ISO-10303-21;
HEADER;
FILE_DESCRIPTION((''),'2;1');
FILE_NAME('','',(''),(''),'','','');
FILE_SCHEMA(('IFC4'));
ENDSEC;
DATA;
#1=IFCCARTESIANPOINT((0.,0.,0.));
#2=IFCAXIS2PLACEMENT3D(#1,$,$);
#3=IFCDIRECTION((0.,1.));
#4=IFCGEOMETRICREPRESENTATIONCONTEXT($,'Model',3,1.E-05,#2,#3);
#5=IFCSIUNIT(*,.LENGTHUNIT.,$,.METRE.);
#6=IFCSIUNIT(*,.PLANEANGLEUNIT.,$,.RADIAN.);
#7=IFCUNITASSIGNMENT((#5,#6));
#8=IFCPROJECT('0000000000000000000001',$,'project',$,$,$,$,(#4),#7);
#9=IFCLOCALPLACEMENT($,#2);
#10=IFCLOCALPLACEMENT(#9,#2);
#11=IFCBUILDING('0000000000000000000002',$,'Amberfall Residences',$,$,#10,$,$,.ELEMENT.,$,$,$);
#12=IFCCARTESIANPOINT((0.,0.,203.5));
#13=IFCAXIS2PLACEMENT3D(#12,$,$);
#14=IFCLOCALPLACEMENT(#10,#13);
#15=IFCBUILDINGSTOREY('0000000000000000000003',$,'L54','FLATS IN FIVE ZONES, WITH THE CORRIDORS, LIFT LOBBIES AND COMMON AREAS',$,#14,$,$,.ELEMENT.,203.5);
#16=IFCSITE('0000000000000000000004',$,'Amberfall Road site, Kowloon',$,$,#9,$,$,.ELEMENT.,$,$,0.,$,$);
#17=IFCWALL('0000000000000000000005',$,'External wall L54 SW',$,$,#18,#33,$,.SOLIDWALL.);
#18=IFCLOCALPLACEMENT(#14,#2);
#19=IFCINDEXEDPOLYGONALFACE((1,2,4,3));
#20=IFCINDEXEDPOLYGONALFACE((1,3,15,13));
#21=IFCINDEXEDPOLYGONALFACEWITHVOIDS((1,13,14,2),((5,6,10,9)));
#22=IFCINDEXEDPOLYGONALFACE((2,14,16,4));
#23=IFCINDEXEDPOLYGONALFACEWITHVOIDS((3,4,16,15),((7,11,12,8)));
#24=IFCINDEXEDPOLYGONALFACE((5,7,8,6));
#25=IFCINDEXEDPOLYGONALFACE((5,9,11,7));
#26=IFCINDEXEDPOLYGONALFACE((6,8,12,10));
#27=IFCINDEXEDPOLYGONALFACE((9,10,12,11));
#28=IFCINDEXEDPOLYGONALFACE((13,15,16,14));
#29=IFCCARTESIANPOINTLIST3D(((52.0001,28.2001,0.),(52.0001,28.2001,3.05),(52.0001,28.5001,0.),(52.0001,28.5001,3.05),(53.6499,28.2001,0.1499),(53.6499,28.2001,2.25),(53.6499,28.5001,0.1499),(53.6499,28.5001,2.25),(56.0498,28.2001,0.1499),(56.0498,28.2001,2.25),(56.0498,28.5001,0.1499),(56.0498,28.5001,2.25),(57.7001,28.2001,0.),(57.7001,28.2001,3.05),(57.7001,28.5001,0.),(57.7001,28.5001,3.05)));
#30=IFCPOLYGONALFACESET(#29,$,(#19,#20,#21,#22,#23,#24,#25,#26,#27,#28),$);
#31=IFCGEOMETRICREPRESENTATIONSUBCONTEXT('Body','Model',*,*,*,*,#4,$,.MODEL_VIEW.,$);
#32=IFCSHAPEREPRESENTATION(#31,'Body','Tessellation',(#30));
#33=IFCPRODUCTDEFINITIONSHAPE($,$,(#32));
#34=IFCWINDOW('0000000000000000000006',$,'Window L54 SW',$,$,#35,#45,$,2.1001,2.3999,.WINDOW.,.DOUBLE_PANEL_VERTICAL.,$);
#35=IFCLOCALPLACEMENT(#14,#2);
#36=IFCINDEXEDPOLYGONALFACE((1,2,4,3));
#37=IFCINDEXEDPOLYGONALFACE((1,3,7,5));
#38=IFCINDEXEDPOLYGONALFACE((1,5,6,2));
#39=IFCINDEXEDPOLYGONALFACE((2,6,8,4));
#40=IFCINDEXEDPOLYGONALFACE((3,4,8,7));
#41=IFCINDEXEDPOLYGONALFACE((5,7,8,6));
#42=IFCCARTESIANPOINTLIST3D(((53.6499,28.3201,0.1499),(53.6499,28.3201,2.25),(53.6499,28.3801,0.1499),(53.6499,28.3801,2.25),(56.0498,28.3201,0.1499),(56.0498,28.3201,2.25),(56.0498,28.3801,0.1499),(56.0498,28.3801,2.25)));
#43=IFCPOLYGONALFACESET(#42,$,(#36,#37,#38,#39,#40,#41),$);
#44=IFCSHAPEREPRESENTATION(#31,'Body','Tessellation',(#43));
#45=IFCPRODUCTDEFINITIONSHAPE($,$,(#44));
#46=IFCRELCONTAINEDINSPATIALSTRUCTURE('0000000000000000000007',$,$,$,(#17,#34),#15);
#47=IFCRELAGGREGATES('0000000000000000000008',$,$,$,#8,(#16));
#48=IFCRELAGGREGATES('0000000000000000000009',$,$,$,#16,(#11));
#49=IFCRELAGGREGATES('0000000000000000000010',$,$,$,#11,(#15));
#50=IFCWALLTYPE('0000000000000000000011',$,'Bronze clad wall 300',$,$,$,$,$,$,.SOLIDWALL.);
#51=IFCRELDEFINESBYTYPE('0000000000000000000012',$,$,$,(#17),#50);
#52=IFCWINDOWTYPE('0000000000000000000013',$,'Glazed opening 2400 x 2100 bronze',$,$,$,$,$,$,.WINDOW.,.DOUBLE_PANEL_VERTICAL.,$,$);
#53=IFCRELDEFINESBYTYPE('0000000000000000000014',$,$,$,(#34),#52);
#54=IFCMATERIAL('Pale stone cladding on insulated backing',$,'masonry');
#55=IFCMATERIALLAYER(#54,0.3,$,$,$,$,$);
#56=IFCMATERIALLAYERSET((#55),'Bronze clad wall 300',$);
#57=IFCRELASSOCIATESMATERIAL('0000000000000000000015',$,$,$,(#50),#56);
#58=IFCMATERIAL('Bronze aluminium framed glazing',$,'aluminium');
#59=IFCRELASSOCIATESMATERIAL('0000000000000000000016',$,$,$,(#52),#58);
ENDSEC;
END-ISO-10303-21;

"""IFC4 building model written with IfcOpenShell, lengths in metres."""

from ifc_helpers import new_model, si_unit, direction, frame, frame_2d, origin, place, context, subcontext, project, spatial, rectangle, extrude, material, layer, layer_set, type_object, element, fill, save


model = new_model("IFC4")

# Units and contexts
model_context = context("Model", 3, precision=1e-05, world=origin(), true_north=direction((0.0, 1.0)))
body_context = subcontext(model_context, "Body", "Model", "MODEL_VIEW")
ifc_project = project(units=[si_unit("LENGTHUNIT", "METRE"), si_unit("PLANEANGLEUNIT", "RADIAN")], contexts=[model_context])

# Site, building, storey
site_placement = place(None, origin())
site = spatial("IfcSite", under=ifc_project, at=site_placement, Name="Amberfall Road site, Kowloon", CompositionType="ELEMENT", RefElevation=0.0)
building_placement = place(site_placement, origin())
building = spatial("IfcBuilding", under=site, at=building_placement, Name="Amberfall Residences", CompositionType="ELEMENT")
storey_placement = place(building_placement, frame((0.0, 0.0, 203.5)))
storey = spatial("IfcBuildingStorey", under=building, at=storey_placement, Name="L54", Description="FLATS IN FIVE ZONES, WITH THE CORRIDORS, LIFT LOBBIES AND COMMON AREAS", CompositionType="ELEMENT", Elevation=203.5)

# Wall, opening, window
ifc_material_1 = material(Name="Pale stone cladding on insulated backing", Category="masonry")
ifc_layer_1 = layer(ifc_material_1, 0.3)
ifc_layer_set_1 = layer_set([ifc_layer_1], Name="Bronze clad wall 300")
wall_type = type_object("IfcWallType", Name="Bronze clad wall 300", PredefinedType="SOLIDWALL", material=ifc_layer_set_1)
wall_placement = place(storey_placement, frame((52.0, 28.3501, 0.0), z_axis=(0.0, 0.0, 1.0), x_axis=(1.0, 0.0, 0.0)))
wall = element("IfcWall", 1, at=wall_placement, inside=storey, type_object=wall_type, Name="External wall L54 SW", PredefinedType="SOLIDWALL", context=body_context, shape_type="SweptSolid", body=[
    extrude(rectangle(XDim=5.7, YDim=0.3, at=frame_2d((2.8501, 0.0))), origin(), (0.0, 0.0, 1.0), 3.05),
])
opening_placement = place(wall_placement, frame((1.6499, 0.0, 0.1499)))
opening = element("IfcOpeningElement", 2, at=opening_placement, cuts=wall, PredefinedType="OPENING", context=body_context, shape_type="SweptSolid", body=[
    extrude(rectangle(XDim=2.3999, YDim=2.1001, at=frame_2d((1.2, 1.05))), frame((0.0, 0.1599, 0.0), z_axis=(0.0, -1.0, 0.0), x_axis=(1.0, 0.0, 0.0)), (0.0, 0.0, 1.0), 0.3201),
])
ifc_material_2 = material(Name="Bronze aluminium framed glazing", Category="aluminium")
window_type = type_object("IfcWindowType", Name="Glazed opening 2400 x 2100 bronze", PartitioningType="DOUBLE_PANEL_VERTICAL", PredefinedType="WINDOW", material=ifc_material_2)
window_placement = place(opening_placement, origin())
window = element("IfcWindow", 3, at=window_placement, inside=storey, type_object=window_type, Name="Window L54 SW", OverallHeight=2.1001, OverallWidth=2.3999, PartitioningType="DOUBLE_PANEL_VERTICAL", PredefinedType="WINDOW", context=body_context, shape_type="SweptSolid", body=[
    extrude(rectangle(XDim=2.3999, YDim=2.1001, at=frame_2d((1.2, 1.05))), frame((0.0, 0.03, 0.0), z_axis=(0.0, -1.0, 0.0), x_axis=(1.0, 0.0, 0.0)), (0.0, 0.0, 1.0), 0.0601),
])
fill(opening, window)

save(model, "model.ifc")
